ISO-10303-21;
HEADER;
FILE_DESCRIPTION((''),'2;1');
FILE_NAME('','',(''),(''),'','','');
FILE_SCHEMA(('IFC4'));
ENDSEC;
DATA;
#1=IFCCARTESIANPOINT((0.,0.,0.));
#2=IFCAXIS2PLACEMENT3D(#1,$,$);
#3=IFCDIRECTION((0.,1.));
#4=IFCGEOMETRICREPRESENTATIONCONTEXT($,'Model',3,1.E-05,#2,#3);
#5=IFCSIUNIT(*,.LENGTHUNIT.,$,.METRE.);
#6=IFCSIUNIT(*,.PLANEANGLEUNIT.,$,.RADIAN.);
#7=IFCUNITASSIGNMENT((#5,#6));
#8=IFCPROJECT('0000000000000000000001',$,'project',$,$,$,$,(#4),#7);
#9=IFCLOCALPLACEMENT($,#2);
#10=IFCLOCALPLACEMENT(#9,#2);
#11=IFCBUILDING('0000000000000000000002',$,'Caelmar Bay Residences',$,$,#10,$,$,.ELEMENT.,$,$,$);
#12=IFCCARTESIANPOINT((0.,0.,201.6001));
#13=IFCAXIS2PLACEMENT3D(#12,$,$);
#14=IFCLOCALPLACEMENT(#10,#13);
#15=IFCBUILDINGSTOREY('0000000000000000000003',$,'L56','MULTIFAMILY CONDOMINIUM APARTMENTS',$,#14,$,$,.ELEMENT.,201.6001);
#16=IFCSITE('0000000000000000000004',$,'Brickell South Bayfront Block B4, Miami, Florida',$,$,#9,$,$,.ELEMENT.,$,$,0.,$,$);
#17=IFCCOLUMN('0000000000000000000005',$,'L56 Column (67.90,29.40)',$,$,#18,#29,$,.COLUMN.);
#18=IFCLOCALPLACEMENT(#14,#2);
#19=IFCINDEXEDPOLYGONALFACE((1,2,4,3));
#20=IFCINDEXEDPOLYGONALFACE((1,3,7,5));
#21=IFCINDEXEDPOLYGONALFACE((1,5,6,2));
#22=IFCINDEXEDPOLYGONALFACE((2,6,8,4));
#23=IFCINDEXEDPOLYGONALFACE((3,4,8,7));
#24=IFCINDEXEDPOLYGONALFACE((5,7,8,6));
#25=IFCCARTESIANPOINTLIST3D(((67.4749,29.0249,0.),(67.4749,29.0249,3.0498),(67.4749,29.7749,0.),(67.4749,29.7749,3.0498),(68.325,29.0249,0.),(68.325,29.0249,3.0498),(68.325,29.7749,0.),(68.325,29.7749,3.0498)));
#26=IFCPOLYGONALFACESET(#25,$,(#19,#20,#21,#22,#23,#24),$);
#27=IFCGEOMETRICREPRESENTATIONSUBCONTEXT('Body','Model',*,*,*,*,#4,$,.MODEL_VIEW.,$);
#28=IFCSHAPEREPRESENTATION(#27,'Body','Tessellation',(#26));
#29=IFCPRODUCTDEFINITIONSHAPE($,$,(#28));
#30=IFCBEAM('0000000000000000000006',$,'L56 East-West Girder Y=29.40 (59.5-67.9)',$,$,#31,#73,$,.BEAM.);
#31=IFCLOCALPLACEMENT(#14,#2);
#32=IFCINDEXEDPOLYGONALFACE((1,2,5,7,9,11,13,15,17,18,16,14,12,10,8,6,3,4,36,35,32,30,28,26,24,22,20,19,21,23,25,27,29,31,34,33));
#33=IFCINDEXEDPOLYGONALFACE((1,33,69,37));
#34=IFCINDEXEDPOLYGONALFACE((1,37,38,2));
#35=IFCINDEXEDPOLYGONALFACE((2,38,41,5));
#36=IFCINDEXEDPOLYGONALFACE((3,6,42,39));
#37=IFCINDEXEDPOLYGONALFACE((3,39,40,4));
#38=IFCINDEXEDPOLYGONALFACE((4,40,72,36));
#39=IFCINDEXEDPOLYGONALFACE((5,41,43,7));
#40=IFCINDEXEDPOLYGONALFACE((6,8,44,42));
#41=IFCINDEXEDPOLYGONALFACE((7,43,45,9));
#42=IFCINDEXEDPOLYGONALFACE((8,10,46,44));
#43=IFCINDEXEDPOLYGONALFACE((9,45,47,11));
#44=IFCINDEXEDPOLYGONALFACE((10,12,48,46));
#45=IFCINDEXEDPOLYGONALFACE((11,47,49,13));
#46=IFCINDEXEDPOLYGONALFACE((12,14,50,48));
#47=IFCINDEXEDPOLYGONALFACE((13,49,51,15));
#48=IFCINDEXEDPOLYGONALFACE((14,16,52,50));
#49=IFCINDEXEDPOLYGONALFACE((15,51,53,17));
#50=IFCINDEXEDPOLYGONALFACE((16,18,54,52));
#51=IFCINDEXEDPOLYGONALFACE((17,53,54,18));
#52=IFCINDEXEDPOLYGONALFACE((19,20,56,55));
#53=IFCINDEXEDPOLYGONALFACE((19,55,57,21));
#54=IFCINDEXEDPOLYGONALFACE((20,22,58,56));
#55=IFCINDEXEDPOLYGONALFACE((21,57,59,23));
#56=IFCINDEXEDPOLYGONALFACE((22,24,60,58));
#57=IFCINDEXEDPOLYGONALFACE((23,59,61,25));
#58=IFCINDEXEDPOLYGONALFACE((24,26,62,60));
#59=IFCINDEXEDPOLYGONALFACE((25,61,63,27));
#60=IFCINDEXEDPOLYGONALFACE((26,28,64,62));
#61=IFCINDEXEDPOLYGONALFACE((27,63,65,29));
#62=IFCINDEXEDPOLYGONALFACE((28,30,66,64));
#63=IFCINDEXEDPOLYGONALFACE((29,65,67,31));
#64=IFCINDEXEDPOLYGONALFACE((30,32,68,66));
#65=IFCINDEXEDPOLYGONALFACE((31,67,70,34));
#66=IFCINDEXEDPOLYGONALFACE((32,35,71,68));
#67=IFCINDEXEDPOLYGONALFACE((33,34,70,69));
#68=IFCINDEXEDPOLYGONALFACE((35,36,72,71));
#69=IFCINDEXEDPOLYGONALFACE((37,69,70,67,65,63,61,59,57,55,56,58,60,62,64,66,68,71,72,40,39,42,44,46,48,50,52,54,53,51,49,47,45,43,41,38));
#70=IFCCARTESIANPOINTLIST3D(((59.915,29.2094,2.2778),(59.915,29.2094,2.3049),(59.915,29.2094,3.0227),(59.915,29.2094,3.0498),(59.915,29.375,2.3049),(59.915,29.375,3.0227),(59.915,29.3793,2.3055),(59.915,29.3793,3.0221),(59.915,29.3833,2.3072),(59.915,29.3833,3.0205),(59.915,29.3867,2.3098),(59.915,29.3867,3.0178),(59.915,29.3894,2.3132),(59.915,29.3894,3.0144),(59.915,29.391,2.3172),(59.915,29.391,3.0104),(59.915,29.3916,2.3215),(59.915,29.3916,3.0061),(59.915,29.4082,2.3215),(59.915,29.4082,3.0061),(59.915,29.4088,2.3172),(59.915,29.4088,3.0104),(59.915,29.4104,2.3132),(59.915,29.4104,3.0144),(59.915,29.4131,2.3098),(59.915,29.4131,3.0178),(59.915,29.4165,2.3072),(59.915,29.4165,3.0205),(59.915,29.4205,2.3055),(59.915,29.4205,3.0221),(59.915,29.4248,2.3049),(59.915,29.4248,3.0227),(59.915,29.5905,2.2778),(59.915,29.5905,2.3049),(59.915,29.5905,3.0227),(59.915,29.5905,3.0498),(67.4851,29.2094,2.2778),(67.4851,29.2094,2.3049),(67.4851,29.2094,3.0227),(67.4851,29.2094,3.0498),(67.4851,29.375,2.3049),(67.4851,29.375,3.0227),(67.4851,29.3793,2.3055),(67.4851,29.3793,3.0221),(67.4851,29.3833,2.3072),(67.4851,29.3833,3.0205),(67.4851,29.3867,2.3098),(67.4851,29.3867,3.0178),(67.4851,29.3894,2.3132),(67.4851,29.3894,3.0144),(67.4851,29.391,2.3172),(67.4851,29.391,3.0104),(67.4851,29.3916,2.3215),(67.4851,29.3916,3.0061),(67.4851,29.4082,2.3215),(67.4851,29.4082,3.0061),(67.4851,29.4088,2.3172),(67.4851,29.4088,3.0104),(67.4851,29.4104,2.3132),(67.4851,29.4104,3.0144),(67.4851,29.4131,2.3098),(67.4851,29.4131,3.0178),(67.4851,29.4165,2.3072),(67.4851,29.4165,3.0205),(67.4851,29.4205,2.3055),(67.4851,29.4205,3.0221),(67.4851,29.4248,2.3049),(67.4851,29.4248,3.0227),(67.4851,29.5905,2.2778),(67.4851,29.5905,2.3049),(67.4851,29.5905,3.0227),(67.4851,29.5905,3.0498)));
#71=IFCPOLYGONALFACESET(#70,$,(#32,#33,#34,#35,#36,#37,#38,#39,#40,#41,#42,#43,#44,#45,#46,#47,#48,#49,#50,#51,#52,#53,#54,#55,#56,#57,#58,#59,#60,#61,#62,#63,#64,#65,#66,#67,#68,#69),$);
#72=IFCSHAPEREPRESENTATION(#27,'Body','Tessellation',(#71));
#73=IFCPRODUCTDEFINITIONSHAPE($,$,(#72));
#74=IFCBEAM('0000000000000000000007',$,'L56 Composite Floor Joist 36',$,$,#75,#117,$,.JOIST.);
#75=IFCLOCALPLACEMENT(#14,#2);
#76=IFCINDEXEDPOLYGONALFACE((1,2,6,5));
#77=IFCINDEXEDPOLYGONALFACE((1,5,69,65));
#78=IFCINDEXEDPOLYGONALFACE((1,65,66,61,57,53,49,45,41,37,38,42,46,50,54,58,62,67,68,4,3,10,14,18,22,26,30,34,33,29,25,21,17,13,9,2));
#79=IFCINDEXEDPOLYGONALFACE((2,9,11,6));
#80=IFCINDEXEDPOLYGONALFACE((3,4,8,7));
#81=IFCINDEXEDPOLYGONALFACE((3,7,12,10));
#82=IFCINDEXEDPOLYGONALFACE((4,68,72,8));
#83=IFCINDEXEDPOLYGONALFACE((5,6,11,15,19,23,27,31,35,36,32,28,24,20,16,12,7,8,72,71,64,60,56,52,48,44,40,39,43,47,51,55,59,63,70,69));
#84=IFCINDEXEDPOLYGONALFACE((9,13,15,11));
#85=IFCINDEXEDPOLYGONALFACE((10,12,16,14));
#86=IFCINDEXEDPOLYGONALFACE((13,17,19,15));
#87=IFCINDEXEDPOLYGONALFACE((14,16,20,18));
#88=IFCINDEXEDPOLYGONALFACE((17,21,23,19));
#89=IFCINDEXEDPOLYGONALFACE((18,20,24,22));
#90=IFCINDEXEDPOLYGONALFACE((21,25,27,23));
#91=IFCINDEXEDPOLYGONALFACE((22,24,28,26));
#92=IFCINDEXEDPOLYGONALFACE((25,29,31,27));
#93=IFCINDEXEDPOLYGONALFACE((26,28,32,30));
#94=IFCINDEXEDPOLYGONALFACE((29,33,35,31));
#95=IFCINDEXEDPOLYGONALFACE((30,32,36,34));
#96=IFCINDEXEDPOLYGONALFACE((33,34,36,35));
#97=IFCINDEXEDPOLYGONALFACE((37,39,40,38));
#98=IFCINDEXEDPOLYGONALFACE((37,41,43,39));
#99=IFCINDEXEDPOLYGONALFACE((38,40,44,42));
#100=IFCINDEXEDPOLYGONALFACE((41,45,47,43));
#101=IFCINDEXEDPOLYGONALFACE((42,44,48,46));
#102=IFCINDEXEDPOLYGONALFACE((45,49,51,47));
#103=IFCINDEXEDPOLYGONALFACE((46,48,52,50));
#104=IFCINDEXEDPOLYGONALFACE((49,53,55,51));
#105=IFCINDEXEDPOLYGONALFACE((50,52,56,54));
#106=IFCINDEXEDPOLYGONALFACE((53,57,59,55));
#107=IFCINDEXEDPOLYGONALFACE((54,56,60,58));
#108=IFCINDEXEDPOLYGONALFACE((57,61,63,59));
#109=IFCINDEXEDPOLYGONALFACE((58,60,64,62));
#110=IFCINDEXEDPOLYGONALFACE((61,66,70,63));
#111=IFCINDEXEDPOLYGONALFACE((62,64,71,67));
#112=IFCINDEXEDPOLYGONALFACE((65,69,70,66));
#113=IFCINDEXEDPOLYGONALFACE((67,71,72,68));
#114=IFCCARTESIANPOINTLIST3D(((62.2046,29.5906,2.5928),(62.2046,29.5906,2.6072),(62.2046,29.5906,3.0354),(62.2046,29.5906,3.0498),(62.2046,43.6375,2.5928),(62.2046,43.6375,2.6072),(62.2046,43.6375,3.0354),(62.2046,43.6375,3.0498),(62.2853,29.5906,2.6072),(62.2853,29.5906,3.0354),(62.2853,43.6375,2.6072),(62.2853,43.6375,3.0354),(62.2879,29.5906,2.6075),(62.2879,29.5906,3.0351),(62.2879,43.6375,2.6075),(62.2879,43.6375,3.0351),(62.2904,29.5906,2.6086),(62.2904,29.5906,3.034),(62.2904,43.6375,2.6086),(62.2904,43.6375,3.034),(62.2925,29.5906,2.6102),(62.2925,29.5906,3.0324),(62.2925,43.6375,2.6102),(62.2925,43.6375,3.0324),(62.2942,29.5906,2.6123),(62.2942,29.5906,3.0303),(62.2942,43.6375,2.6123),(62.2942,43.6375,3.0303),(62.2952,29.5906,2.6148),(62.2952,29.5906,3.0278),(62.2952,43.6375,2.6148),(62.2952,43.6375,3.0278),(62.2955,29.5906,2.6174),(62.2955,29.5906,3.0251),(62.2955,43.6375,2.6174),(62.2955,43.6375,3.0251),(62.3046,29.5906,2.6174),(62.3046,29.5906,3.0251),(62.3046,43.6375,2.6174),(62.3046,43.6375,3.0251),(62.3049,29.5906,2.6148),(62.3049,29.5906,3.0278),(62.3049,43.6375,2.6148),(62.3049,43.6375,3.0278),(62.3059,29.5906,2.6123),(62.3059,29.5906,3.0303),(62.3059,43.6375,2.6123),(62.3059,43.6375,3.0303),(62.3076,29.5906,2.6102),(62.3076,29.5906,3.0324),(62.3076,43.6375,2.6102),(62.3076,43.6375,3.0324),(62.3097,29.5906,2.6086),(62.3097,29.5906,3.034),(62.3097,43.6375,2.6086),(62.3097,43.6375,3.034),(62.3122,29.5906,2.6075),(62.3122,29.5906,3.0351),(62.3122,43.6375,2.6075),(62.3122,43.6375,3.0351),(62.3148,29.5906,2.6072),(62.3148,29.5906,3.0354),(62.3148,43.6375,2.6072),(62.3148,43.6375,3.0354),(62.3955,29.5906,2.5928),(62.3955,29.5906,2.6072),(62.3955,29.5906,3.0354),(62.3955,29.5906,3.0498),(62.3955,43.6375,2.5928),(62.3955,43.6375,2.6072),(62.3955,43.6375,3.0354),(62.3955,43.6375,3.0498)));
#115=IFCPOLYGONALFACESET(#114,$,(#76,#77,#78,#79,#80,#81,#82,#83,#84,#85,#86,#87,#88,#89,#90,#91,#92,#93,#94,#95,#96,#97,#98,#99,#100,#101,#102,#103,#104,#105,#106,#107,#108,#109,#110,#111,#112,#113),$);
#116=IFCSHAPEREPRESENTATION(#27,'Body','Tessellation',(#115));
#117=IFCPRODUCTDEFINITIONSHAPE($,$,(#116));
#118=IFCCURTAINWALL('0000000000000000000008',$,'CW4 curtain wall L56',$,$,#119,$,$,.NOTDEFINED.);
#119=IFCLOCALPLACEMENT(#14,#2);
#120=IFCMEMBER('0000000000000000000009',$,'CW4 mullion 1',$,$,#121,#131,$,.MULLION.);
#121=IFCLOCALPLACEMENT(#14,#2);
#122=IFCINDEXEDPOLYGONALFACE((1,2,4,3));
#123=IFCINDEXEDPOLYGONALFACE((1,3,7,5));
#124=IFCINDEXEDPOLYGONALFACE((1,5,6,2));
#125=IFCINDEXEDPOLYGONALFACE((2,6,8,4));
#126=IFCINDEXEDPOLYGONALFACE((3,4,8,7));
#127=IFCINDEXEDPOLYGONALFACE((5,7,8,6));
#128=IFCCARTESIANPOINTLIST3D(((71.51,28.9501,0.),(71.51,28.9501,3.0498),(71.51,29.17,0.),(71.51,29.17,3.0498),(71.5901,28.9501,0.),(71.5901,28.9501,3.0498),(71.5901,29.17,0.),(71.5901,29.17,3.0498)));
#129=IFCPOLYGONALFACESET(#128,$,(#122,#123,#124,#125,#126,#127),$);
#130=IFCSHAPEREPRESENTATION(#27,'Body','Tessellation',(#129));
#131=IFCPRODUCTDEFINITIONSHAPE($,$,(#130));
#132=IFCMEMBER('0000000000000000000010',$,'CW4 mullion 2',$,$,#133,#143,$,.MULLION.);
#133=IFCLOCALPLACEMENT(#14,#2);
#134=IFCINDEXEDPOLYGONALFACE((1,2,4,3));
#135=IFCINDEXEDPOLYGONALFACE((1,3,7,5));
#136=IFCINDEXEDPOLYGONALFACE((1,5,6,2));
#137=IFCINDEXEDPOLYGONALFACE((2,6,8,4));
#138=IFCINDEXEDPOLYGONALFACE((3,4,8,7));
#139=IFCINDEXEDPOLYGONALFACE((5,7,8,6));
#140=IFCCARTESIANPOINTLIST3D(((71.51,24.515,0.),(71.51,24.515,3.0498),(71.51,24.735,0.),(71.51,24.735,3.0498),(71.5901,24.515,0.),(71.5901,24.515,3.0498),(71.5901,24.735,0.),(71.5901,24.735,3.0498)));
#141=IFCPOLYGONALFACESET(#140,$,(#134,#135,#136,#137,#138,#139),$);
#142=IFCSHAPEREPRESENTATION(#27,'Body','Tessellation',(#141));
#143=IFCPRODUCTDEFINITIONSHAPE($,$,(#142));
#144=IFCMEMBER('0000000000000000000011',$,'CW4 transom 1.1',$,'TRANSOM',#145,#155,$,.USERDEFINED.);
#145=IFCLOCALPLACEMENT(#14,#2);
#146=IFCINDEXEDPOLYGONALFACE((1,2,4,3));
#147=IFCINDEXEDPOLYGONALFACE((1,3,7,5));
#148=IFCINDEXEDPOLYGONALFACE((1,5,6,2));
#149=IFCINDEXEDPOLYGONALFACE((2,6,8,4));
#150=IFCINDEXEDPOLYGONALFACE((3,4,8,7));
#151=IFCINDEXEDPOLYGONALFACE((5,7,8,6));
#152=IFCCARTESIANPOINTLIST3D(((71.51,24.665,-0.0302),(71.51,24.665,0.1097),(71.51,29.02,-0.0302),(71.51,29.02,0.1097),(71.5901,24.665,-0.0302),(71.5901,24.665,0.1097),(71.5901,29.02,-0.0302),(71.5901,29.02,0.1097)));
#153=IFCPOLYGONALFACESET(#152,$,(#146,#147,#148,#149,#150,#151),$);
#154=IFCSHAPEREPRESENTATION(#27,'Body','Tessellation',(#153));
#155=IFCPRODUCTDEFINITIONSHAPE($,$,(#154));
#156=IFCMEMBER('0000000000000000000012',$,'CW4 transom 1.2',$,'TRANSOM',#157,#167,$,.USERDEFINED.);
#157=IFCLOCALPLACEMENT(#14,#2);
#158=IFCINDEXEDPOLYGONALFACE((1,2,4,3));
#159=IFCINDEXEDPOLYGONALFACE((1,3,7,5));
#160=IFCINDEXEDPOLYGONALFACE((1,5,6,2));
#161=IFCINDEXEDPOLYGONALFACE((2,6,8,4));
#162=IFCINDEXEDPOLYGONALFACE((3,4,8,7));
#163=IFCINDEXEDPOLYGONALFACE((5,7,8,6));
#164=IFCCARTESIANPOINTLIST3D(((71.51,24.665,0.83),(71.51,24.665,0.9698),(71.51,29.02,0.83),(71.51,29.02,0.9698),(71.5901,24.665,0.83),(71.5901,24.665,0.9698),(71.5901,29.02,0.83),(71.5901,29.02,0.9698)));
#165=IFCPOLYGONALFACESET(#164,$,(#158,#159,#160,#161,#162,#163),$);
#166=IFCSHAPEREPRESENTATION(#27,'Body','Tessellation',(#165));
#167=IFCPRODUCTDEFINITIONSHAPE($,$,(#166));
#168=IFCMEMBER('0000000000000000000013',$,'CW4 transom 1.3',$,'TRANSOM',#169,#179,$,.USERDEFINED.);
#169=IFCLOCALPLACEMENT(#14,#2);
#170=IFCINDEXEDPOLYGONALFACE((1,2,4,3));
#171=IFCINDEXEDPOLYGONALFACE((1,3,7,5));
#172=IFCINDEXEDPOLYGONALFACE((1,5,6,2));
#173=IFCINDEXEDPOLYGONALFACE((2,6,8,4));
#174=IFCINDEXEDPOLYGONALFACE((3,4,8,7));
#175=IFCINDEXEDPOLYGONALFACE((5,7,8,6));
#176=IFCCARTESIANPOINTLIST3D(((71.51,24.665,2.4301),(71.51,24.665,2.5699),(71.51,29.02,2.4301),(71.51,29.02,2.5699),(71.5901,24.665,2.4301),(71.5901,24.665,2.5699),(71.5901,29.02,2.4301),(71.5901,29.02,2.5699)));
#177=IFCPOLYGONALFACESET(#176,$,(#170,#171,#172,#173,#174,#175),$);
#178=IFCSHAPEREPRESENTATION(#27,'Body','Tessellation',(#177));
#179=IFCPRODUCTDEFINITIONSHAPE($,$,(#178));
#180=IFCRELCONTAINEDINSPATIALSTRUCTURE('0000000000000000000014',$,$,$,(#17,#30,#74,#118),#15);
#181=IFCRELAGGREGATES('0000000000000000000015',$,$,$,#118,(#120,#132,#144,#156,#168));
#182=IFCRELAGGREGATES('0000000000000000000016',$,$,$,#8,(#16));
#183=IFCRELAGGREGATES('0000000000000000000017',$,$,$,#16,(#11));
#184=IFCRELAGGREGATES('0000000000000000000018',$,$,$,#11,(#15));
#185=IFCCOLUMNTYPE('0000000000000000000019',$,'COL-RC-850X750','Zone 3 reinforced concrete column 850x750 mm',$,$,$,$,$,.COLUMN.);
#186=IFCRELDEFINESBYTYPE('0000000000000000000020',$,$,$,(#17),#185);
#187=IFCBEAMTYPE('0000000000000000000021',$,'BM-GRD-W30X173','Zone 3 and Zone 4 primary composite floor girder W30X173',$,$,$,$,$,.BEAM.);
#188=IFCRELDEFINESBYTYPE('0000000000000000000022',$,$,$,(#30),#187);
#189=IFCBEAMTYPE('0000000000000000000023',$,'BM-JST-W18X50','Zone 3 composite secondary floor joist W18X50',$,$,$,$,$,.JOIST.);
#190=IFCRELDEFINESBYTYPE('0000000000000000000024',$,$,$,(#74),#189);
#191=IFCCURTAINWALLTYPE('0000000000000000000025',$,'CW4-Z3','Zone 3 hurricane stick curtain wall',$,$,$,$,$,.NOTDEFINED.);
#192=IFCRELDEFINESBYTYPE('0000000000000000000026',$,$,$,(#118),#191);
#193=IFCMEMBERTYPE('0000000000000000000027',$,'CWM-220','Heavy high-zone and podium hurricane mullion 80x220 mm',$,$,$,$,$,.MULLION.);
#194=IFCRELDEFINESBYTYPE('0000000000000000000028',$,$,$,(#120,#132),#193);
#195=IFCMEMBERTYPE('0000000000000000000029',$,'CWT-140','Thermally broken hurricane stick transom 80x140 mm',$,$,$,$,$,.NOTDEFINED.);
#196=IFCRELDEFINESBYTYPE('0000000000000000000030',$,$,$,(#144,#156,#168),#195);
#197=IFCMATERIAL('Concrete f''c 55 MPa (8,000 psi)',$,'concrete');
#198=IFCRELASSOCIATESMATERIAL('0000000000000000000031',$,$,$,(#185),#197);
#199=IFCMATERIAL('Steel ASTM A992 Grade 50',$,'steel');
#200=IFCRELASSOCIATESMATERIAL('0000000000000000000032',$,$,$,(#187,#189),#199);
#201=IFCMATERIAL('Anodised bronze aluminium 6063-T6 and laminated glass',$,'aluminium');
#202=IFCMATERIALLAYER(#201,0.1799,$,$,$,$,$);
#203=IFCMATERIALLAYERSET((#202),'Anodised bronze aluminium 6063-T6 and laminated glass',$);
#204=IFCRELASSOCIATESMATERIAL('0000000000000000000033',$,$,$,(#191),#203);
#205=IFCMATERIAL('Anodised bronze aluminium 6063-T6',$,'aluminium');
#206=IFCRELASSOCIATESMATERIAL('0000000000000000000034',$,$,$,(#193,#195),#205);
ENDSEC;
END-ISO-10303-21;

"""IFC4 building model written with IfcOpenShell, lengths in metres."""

from ifc_helpers import new_model, si_unit, direction, frame, origin, origin_2d, place, context, subcontext, project, spatial, rectangle, i_section, extrude, material, layer, layer_set, material_profile, profile_set, type_object, element, aggregate, save


model = new_model("IFC4")

# Units and contexts
model_context = context("Model", 3, precision=1e-05, world=origin(), true_north=direction((0.0, 1.0)))
body_context = subcontext(model_context, "Body", "Model", "MODEL_VIEW")
ifc_project = project(units=[si_unit("LENGTHUNIT", "METRE"), si_unit("PLANEANGLEUNIT", "RADIAN")], contexts=[model_context])

# Site, building, storey
site_placement = place(None, origin())
site = spatial("IfcSite", under=ifc_project, at=site_placement, Name="Brickell South Bayfront Block B4, Miami, Florida", CompositionType="ELEMENT", RefElevation=0.0)
building_placement = place(site_placement, origin())
building = spatial("IfcBuilding", under=site, at=building_placement, Name="Caelmar Bay Residences", CompositionType="ELEMENT")
storey_placement = place(building_placement, frame((0.0, 0.0, 201.6001)))
storey = spatial("IfcBuildingStorey", under=building, at=storey_placement, Name="L56", Description="MULTIFAMILY CONDOMINIUM APARTMENTS", CompositionType="ELEMENT", Elevation=201.6001)

# Column
ifc_material_1 = material(Name="Concrete f'c 55 MPa (8,000 psi)", Category="concrete")
ifc_material_profile_1 = material_profile(ifc_material_1, rectangle(XDim=0.8501, YDim=0.75, at=origin_2d()), Name="RC-COL-850X750")
ifc_profile_set_1 = profile_set([ifc_material_profile_1], Name="Concrete f'c 55 MPa (8,000 psi)")
column_type = type_object("IfcColumnType", Name="COL-RC-850X750", Description="Zone 3 reinforced concrete column 850x750 mm", PredefinedType="COLUMN", material=ifc_profile_set_1)
column_placement = place(storey_placement, frame((67.8999, 29.3999, 0.0), z_axis=(0.0, 0.0, 1.0), x_axis=(1.0, 0.0, 0.0)))
element("IfcColumn", 1, at=column_placement, inside=storey, type_object=column_type, Name="L56 Column (67.90,29.40)", PredefinedType="COLUMN", context=body_context, shape_type="SweptSolid", body=[
    extrude(rectangle(XDim=0.8501, YDim=0.75, at=origin_2d()), origin(), (0.0, 0.0, 1.0), 3.0498),
])

# Beams
ifc_material_2 = material(Name="Steel ASTM A992 Grade 50", Category="steel")
ifc_material_profile_2 = material_profile(ifc_material_2, i_section(OverallWidth=0.3811, OverallDepth=0.772, WebThickness=0.0166, FlangeThickness=0.0271, FilletRadius=0.0166, at=origin_2d()), Name="W30X173")
ifc_profile_set_2 = profile_set([ifc_material_profile_2], Name="Steel ASTM A992 Grade 50")
beam_type_1 = type_object("IfcBeamType", Name="BM-GRD-W30X173", Description="Zone 3 and Zone 4 primary composite floor girder W30X173", PredefinedType="BEAM", material=ifc_profile_set_2)
beam_1_placement = place(storey_placement, frame((59.915, 29.3999, 2.6638), z_axis=(1.0, 0.0, 0.0), x_axis=(0.0, 1.0, 0.0)))
element("IfcBeam", 2, at=beam_1_placement, inside=storey, type_object=beam_type_1, Name="L56 East-West Girder Y=29.40 (59.5-67.9)", PredefinedType="BEAM", context=body_context, shape_type="SweptSolid", body=[
    extrude(i_section(OverallWidth=0.3811, OverallDepth=0.772, WebThickness=0.0166, FlangeThickness=0.0271, FilletRadius=0.0166, at=origin_2d()), origin(), (0.0, 0.0, 1.0), 7.5701),
])
ifc_material_profile_3 = material_profile(ifc_material_2, i_section(OverallWidth=0.1909, OverallDepth=0.457, WebThickness=0.009, FlangeThickness=0.0144, FilletRadius=0.0103, at=origin_2d()), Name="W18X50")
ifc_profile_set_3 = profile_set([ifc_material_profile_3], Name="Steel ASTM A992 Grade 50")
beam_type_2 = type_object("IfcBeamType", Name="BM-JST-W18X50", Description="Zone 3 composite secondary floor joist W18X50", PredefinedType="JOIST", material=ifc_profile_set_3)
beam_2_placement = place(storey_placement, frame((62.3, 29.5906, 2.8213), z_axis=(0.0, 1.0, 0.0), x_axis=(-1.0, 0.0, 0.0)))
element("IfcBeam", 3, at=beam_2_placement, inside=storey, type_object=beam_type_2, Name="L56 Composite Floor Joist 36", PredefinedType="JOIST", context=body_context, shape_type="SweptSolid", body=[
    extrude(i_section(OverallWidth=0.1909, OverallDepth=0.457, WebThickness=0.009, FlangeThickness=0.0144, FilletRadius=0.0103, at=origin_2d()), origin(), (0.0, 0.0, 1.0), 14.0469),
])

# Curtain wall, members
ifc_material_3 = material(Name="Anodised bronze aluminium 6063-T6 and laminated glass", Category="aluminium")
ifc_layer_1 = layer(ifc_material_3, 0.1799)
ifc_layer_set_1 = layer_set([ifc_layer_1], Name="Anodised bronze aluminium 6063-T6 and laminated glass")
curtain_wall_type = type_object("IfcCurtainWallType", Name="CW4-Z3", Description="Zone 3 hurricane stick curtain wall", PredefinedType="NOTDEFINED", material=ifc_layer_set_1)
curtain_wall_placement = place(storey_placement, origin())
curtain_wall = element("IfcCurtainWall", 4, at=curtain_wall_placement, inside=storey, type_object=curtain_wall_type, Name="CW4 curtain wall L56", PredefinedType="NOTDEFINED")
ifc_material_4 = material(Name="Anodised bronze aluminium 6063-T6", Category="aluminium")
ifc_material_profile_4 = material_profile(ifc_material_4, rectangle(XDim=0.0801, YDim=0.22, at=origin_2d()), Name="CWM-80X220")
ifc_profile_set_4 = profile_set([ifc_material_profile_4], Name="Anodised bronze aluminium 6063-T6")
member_type_1 = type_object("IfcMemberType", Name="CWM-220", Description="Heavy high-zone and podium hurricane mullion 80x220 mm", PredefinedType="MULLION", material=ifc_profile_set_4)
member_1_placement = place(storey_placement, frame((71.55, 29.0601, 0.0), z_axis=(0.0, 0.0, 1.0), x_axis=(1.0, 0.0, 0.0)))
member_1 = element("IfcMember", 5, at=member_1_placement, type_object=member_type_1, Name="CW4 mullion 1", PredefinedType="MULLION", context=body_context, shape_type="SweptSolid", body=[
    extrude(rectangle(XDim=0.0801, YDim=0.22, at=origin_2d()), origin(), (0.0, 0.0, 1.0), 3.0498),
])
member_2_placement = place(storey_placement, frame((71.55, 24.625, 0.0), z_axis=(0.0, 0.0, 1.0), x_axis=(1.0, 0.0, 0.0)))
member_2 = element("IfcMember", 6, at=member_2_placement, type_object=member_type_1, Name="CW4 mullion 2", PredefinedType="MULLION", context=body_context, shape_type="SweptSolid", body=[
    extrude(rectangle(XDim=0.0801, YDim=0.22, at=origin_2d()), origin(), (0.0, 0.0, 1.0), 3.0498),
])
ifc_material_profile_5 = material_profile(ifc_material_4, rectangle(XDim=0.0801, YDim=0.1399, at=origin_2d()), Name="CWT-80X140")
ifc_profile_set_5 = profile_set([ifc_material_profile_5], Name="Anodised bronze aluminium 6063-T6")
member_type_2 = type_object("IfcMemberType", Name="CWT-140", Description="Thermally broken hurricane stick transom 80x140 mm", PredefinedType="NOTDEFINED", material=ifc_profile_set_5)
member_3_placement = place(storey_placement, frame((71.55, 29.02, 0.0398), z_axis=(0.0, -1.0, 0.0), x_axis=(1.0, 0.0, 0.0)))
member_3 = element("IfcMember", 7, at=member_3_placement, type_object=member_type_2, Name="CW4 transom 1.1", ObjectType="TRANSOM", PredefinedType="USERDEFINED", context=body_context, shape_type="SweptSolid", body=[
    extrude(rectangle(XDim=0.0801, YDim=0.1399, at=origin_2d()), origin(), (0.0, 0.0, 1.0), 4.355),
])
member_4_placement = place(storey_placement, frame((71.55, 29.02, 0.8999), z_axis=(0.0, -1.0, 0.0), x_axis=(1.0, 0.0, 0.0)))
member_4 = element("IfcMember", 8, at=member_4_placement, type_object=member_type_2, Name="CW4 transom 1.2", ObjectType="TRANSOM", PredefinedType="USERDEFINED", context=body_context, shape_type="SweptSolid", body=[
    extrude(rectangle(XDim=0.0801, YDim=0.1399, at=origin_2d()), origin(), (0.0, 0.0, 1.0), 4.355),
])
member_5_placement = place(storey_placement, frame((71.55, 29.02, 2.5), z_axis=(0.0, -1.0, 0.0), x_axis=(1.0, 0.0, 0.0)))
member_5 = element("IfcMember", 9, at=member_5_placement, type_object=member_type_2, Name="CW4 transom 1.3", ObjectType="TRANSOM", PredefinedType="USERDEFINED", context=body_context, shape_type="SweptSolid", body=[
    extrude(rectangle(XDim=0.0801, YDim=0.1399, at=origin_2d()), origin(), (0.0, 0.0, 1.0), 4.355),
])
aggregate(curtain_wall, [member_1, member_2, member_3, member_4, member_5])

save(model, "model.ifc")
